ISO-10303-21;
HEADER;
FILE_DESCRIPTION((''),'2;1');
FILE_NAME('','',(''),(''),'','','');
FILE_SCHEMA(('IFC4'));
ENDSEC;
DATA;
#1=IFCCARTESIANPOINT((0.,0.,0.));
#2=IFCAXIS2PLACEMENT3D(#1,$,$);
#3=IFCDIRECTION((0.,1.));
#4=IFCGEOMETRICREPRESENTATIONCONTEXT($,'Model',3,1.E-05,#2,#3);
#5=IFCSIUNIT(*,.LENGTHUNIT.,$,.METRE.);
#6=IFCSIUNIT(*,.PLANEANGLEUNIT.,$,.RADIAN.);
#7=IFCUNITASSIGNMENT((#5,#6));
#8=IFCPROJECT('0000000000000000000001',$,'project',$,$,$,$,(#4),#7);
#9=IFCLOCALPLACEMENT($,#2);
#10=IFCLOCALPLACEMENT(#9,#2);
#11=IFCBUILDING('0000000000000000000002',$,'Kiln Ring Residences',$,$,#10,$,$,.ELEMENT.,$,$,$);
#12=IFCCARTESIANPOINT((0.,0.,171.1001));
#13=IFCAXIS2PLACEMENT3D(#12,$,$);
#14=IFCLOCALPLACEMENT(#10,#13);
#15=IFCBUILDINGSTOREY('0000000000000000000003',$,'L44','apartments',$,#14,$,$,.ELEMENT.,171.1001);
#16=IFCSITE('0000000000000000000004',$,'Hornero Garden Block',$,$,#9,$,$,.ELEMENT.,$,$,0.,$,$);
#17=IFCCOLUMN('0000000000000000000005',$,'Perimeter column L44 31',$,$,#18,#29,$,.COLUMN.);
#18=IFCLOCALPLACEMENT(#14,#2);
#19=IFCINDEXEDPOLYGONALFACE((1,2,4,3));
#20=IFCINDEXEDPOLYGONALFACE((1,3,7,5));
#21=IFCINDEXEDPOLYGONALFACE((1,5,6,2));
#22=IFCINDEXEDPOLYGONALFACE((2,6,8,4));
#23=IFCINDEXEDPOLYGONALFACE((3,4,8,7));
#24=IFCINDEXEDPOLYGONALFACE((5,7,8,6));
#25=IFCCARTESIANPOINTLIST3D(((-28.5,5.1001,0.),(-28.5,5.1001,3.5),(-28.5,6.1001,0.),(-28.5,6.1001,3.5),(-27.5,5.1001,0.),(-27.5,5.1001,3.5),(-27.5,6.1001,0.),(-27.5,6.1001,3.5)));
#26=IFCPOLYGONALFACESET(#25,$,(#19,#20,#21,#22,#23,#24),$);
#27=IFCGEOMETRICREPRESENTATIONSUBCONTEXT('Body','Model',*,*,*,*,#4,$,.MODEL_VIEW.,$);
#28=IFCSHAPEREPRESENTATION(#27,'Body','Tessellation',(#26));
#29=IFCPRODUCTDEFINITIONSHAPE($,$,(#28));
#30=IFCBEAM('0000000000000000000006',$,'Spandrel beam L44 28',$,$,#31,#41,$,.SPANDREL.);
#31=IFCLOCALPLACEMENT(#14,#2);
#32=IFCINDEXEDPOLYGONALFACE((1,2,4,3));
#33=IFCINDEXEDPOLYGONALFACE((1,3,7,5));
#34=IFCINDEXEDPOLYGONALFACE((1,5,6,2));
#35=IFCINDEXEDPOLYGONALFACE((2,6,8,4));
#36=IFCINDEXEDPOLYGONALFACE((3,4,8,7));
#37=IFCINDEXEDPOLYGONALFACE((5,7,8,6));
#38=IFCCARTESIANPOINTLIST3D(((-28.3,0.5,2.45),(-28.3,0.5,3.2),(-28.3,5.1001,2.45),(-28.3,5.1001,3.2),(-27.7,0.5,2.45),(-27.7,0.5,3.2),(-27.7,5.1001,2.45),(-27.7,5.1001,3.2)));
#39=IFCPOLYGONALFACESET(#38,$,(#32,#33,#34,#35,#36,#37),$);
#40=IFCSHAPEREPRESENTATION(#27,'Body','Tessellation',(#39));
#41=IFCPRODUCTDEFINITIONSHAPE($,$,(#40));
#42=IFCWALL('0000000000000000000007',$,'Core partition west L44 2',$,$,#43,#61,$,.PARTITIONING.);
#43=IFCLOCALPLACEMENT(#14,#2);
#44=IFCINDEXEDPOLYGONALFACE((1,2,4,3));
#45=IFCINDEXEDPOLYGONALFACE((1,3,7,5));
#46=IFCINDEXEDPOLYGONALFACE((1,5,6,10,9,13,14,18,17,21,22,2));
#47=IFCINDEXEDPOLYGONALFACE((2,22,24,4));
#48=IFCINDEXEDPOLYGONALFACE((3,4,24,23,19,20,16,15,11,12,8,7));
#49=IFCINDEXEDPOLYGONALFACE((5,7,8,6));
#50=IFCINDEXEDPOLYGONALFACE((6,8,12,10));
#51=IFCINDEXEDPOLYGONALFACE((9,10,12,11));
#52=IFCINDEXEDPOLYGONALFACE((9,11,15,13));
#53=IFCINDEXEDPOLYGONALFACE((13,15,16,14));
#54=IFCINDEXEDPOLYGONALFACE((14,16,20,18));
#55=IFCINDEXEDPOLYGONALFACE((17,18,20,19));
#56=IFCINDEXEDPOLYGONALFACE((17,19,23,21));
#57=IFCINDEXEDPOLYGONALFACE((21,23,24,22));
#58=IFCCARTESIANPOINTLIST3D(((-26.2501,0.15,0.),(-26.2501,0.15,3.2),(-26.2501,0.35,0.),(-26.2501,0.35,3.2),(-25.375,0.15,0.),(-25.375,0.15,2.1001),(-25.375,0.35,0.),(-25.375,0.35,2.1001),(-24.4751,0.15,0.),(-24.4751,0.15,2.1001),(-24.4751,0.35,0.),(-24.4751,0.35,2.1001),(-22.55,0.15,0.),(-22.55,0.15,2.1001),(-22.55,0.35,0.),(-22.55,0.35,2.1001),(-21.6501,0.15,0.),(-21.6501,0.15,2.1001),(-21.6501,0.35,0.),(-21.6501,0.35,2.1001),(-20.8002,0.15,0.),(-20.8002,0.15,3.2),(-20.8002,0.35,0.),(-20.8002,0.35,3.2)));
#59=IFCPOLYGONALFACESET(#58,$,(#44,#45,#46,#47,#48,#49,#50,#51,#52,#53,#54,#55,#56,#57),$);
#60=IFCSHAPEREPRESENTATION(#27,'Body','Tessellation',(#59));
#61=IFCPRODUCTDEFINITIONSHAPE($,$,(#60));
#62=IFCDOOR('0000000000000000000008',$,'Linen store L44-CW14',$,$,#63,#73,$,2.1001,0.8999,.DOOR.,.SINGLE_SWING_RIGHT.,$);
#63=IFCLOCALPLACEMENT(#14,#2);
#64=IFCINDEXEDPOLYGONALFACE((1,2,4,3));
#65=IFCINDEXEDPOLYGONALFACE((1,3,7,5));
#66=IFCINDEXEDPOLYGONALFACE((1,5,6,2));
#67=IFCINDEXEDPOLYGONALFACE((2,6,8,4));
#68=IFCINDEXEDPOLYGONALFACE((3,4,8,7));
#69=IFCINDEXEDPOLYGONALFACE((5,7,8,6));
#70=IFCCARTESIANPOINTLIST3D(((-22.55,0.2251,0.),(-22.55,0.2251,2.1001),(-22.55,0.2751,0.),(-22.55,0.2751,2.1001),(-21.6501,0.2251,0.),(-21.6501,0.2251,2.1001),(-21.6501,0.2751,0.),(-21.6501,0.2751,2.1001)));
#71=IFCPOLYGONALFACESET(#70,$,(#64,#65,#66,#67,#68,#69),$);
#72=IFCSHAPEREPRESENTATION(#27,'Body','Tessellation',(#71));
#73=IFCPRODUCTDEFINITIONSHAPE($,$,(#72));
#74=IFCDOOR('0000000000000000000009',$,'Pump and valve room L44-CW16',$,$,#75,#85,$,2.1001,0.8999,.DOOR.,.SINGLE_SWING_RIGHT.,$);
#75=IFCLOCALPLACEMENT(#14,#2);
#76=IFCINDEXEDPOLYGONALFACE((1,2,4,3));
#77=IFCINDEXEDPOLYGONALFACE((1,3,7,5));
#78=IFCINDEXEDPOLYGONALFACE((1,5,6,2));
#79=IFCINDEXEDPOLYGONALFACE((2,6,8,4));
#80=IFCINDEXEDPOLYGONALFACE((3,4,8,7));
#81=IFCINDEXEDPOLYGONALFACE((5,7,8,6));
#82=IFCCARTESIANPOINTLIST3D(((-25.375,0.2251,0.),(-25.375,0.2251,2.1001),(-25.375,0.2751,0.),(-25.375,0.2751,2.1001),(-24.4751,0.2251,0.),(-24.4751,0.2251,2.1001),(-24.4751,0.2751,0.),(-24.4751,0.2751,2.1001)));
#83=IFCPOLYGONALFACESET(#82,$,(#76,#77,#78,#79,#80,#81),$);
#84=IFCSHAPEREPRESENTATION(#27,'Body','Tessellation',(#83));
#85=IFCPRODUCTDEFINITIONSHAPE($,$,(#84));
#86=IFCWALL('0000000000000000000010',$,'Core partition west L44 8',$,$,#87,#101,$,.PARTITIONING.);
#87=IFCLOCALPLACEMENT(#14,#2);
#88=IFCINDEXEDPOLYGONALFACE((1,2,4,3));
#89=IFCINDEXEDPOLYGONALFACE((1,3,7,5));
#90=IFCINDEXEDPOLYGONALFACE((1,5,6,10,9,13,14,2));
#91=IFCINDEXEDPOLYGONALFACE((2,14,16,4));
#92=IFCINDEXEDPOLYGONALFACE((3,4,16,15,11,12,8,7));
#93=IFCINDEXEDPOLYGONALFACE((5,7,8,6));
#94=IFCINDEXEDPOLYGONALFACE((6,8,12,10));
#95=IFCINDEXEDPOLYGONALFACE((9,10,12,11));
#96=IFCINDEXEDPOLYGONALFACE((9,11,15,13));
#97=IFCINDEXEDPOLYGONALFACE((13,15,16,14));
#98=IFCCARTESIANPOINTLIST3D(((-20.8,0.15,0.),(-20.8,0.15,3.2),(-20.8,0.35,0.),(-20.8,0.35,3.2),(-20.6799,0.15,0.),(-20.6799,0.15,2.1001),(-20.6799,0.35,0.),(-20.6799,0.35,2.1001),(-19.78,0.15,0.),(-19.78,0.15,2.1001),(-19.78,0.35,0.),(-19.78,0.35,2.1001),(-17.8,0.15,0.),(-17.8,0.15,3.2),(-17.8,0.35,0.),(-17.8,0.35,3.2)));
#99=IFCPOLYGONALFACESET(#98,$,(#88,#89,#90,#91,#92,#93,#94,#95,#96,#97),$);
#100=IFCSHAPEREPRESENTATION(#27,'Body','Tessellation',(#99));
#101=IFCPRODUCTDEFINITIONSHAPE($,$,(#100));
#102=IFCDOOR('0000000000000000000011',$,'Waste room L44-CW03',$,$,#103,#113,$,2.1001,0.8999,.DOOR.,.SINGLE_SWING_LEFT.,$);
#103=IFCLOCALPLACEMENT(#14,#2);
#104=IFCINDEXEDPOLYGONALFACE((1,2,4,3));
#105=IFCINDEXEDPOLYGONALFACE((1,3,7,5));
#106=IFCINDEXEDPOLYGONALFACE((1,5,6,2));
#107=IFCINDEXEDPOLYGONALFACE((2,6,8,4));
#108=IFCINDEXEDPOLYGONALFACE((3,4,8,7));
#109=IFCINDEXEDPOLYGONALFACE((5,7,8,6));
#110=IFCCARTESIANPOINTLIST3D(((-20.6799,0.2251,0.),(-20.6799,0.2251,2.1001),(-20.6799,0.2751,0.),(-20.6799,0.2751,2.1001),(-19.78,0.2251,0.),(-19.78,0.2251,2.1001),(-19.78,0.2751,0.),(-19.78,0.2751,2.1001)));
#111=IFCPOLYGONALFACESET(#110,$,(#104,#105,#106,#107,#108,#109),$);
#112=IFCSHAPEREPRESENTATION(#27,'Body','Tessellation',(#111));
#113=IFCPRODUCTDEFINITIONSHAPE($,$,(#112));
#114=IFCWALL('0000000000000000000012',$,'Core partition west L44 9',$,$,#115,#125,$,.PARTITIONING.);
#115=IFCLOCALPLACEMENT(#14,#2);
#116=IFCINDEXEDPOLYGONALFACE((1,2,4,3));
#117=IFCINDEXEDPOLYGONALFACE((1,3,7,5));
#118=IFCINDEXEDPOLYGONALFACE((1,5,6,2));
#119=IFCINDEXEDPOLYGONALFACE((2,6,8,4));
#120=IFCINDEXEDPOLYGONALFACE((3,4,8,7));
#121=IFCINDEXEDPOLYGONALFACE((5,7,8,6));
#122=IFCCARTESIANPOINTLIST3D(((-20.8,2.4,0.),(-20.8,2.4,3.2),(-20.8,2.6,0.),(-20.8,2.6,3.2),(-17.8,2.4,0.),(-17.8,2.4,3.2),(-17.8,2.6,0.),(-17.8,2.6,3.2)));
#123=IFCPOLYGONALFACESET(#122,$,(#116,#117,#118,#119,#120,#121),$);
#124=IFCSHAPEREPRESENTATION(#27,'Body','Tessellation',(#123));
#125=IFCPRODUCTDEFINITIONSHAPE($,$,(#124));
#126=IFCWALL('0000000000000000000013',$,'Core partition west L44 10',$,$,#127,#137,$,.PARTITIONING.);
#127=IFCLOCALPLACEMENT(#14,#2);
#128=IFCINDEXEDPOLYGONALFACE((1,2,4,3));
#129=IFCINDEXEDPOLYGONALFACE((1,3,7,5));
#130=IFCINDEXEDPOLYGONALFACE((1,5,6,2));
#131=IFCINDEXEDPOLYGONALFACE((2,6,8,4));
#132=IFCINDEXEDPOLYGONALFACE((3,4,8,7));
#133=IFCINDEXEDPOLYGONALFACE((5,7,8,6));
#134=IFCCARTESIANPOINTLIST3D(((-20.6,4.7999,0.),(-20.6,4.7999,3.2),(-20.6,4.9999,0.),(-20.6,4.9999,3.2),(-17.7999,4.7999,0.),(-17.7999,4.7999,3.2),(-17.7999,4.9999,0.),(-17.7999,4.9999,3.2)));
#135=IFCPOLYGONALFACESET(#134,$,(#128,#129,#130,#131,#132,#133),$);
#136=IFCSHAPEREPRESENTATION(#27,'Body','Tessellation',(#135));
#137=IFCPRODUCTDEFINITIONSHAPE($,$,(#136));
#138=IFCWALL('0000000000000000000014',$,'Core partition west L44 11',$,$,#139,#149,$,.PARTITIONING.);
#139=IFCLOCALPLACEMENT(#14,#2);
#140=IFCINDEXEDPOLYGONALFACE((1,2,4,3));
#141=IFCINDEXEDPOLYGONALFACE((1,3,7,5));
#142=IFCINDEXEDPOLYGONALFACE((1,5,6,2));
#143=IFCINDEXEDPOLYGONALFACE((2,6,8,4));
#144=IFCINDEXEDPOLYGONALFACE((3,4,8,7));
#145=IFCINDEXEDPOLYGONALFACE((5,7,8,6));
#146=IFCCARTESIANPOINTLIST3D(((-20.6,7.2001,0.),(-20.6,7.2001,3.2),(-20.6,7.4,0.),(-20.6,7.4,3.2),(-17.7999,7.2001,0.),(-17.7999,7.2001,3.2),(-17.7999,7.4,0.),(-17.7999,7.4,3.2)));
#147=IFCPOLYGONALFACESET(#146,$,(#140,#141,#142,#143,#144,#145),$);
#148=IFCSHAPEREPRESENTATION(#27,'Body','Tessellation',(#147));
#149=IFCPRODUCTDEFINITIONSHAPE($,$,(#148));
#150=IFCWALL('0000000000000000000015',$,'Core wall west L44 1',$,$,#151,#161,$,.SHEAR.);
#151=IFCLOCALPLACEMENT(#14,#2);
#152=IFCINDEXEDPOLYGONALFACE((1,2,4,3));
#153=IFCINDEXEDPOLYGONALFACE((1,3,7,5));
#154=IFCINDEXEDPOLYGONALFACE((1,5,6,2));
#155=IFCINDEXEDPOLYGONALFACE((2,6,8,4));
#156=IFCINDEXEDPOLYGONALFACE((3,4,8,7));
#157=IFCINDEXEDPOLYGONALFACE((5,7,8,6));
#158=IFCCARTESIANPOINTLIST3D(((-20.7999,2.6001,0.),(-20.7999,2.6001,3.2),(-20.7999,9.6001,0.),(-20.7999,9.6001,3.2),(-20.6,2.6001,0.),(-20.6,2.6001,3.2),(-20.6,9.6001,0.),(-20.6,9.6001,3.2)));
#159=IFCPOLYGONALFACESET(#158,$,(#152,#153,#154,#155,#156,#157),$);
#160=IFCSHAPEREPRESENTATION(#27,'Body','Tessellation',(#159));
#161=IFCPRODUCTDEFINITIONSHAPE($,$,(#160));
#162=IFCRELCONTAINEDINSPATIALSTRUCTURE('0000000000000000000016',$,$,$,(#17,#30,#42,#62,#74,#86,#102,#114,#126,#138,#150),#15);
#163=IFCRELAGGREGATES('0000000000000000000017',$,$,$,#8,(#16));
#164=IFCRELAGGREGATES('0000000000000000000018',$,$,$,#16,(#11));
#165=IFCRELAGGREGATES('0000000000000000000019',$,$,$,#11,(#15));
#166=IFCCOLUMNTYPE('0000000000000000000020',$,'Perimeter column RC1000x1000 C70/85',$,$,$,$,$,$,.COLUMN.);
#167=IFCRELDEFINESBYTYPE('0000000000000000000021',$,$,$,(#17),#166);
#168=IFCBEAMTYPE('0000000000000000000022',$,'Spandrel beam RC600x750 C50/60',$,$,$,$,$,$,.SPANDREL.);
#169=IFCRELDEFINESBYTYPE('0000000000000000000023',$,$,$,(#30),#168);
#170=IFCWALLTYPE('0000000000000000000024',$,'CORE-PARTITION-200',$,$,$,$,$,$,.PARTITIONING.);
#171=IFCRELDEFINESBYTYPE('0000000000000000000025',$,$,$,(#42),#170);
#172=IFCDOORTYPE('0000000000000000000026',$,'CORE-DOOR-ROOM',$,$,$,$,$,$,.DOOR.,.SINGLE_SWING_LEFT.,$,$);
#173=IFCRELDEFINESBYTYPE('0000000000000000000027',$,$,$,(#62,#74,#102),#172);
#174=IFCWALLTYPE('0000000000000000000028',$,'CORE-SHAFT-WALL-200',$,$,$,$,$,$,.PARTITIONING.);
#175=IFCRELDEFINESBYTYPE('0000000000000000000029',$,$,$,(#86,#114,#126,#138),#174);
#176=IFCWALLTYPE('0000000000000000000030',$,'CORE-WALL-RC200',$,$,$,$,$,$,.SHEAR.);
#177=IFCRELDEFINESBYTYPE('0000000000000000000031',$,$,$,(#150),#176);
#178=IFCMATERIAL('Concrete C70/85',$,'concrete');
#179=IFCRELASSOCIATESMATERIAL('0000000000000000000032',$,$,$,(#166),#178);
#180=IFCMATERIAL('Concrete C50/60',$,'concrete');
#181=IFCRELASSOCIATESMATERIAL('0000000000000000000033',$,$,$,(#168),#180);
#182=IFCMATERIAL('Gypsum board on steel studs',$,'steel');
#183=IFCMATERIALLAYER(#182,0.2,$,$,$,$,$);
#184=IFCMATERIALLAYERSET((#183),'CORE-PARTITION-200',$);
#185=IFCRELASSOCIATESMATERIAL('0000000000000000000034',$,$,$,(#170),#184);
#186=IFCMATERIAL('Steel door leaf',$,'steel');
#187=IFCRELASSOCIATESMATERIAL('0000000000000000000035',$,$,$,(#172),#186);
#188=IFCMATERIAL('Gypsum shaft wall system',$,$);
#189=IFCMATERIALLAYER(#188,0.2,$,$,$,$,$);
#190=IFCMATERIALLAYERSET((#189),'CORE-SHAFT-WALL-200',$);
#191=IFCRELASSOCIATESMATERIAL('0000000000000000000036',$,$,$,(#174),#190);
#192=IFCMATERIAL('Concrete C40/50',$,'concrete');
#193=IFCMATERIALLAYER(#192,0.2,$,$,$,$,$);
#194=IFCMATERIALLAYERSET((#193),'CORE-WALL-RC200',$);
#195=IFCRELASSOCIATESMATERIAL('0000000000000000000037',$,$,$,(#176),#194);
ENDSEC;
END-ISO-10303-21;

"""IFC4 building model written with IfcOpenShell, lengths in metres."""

from ifc_helpers import new_model, si_unit, direction, frame, frame_2d, origin, origin_2d, place, context, subcontext, project, spatial, rectangle, extrude, material, layer, layer_set, material_profile, profile_set, type_object, element, fill, save


model = new_model("IFC4")

# Units and contexts
model_context = context("Model", 3, precision=1e-05, world=origin(), true_north=direction((0.0, 1.0)))
body_context = subcontext(model_context, "Body", "Model", "MODEL_VIEW")
ifc_project = project(units=[si_unit("LENGTHUNIT", "METRE"), si_unit("PLANEANGLEUNIT", "RADIAN")], contexts=[model_context])

# Site, building, storey
site_placement = place(None, origin())
site = spatial("IfcSite", under=ifc_project, at=site_placement, Name="Hornero Garden Block", CompositionType="ELEMENT", RefElevation=0.0)
building_placement = place(site_placement, origin())
building = spatial("IfcBuilding", under=site, at=building_placement, Name="Kiln Ring Residences", CompositionType="ELEMENT")
storey_placement = place(building_placement, frame((0.0, 0.0, 171.1001)))
storey = spatial("IfcBuildingStorey", under=building, at=storey_placement, Name="L44", Description="apartments", CompositionType="ELEMENT", Elevation=171.1001)

# Column
ifc_material_1 = material(Name="Concrete C70/85", Category="concrete")
ifc_material_profile_1 = material_profile(ifc_material_1, rectangle(XDim=1.0, YDim=1.0, at=origin_2d()), Name="RC1000x1000")
ifc_profile_set_1 = profile_set([ifc_material_profile_1], Name="Concrete C70/85")
column_type = type_object("IfcColumnType", Name="Perimeter column RC1000x1000 C70/85", PredefinedType="COLUMN", material=ifc_profile_set_1)
column_placement = place(storey_placement, frame((-28.0, 5.6001, 0.0), z_axis=(0.0, 0.0, 1.0), x_axis=(1.0, 0.0, 0.0)))
element("IfcColumn", 1, at=column_placement, inside=storey, type_object=column_type, Name="Perimeter column L44 31", PredefinedType="COLUMN", context=body_context, shape_type="SweptSolid", body=[
    extrude(rectangle(XDim=1.0, YDim=1.0, at=origin_2d()), origin(), (0.0, 0.0, 1.0), 3.5),
])

# Beam
ifc_material_2 = material(Name="Concrete C50/60", Category="concrete")
ifc_material_profile_2 = material_profile(ifc_material_2, rectangle(XDim=0.6001, YDim=0.75, at=origin_2d()), Name="RC600x750")
ifc_profile_set_2 = profile_set([ifc_material_profile_2], Name="Concrete C50/60")
beam_type = type_object("IfcBeamType", Name="Spandrel beam RC600x750 C50/60", PredefinedType="SPANDREL", material=ifc_profile_set_2)
beam_placement = place(storey_placement, frame((-28.0, 5.1001, 2.825), z_axis=(0.0, -1.0, 0.0), x_axis=(1.0, 0.0, 0.0)))
element("IfcBeam", 2, at=beam_placement, inside=storey, type_object=beam_type, Name="Spandrel beam L44 28", PredefinedType="SPANDREL", context=body_context, shape_type="SweptSolid", body=[
    extrude(rectangle(XDim=0.6001, YDim=0.75, at=origin_2d()), origin(), (0.0, 0.0, 1.0), 4.6001),
])

# Wall, openings, doors
ifc_material_3 = material(Name="Gypsum board on steel studs", Category="steel")
ifc_layer_1 = layer(ifc_material_3, 0.2)
ifc_layer_set_1 = layer_set([ifc_layer_1], Name="CORE-PARTITION-200")
wall_type_1 = type_object("IfcWallType", Name="CORE-PARTITION-200", PredefinedType="PARTITIONING", material=ifc_layer_set_1)
wall_1_placement = place(storey_placement, frame((-20.8, 0.25, 0.0), z_axis=(0.0, 0.0, 1.0), x_axis=(-1.0, 0.0, 0.0)))
wall_1 = element("IfcWall", 3, at=wall_1_placement, inside=storey, type_object=wall_type_1, Name="Core partition west L44 2", PredefinedType="PARTITIONING", context=body_context, shape_type="SweptSolid", body=[
    extrude(rectangle(XDim=5.45, YDim=0.2, at=frame_2d((2.7251, 0.0))), origin(), (0.0, 0.0, 1.0), 3.2),
])
opening_1_placement = place(wall_1_placement, frame((0.8501, 0.0, 0.0)))
opening_1 = element("IfcOpeningElement", 4, at=opening_1_placement, cuts=wall_1, PredefinedType="OPENING", context=body_context, shape_type="SweptSolid", body=[
    extrude(rectangle(XDim=0.8999, YDim=2.1001, at=frame_2d((0.45, 1.05))), frame((0.0, 0.1099, 0.0), z_axis=(0.0, -1.0, 0.0), x_axis=(1.0, 0.0, 0.0)), (0.0, 0.0, 1.0), 0.22),
])
opening_2_placement = place(wall_1_placement, frame((3.675, 0.0, 0.0)))
opening_2 = element("IfcOpeningElement", 5, at=opening_2_placement, cuts=wall_1, PredefinedType="OPENING", context=body_context, shape_type="SweptSolid", body=[
    extrude(rectangle(XDim=0.8999, YDim=2.1001, at=frame_2d((0.45, 1.05))), frame((0.0, 0.1099, 0.0), z_axis=(0.0, -1.0, 0.0), x_axis=(1.0, 0.0, 0.0)), (0.0, 0.0, 1.0), 0.22),
])
ifc_material_4 = material(Name="Steel door leaf", Category="steel")
door_type_1 = type_object("IfcDoorType", Name="CORE-DOOR-ROOM", OperationType="SINGLE_SWING_LEFT", PredefinedType="DOOR", material=ifc_material_4)
door_1_placement = place(opening_1_placement, origin())
door_1 = element("IfcDoor", 6, at=door_1_placement, inside=storey, type_object=door_type_1, Name="Linen store L44-CW14", OperationType="SINGLE_SWING_RIGHT", OverallHeight=2.1001, OverallWidth=0.8999, PredefinedType="DOOR", context=body_context, shape_type="SweptSolid", body=[
    extrude(rectangle(XDim=0.8999, YDim=2.1001, at=frame_2d((0.45, 1.05))), frame((0.0, 0.0249, 0.0), z_axis=(0.0, -1.0, 0.0), x_axis=(1.0, 0.0, 0.0)), (0.0, 0.0, 1.0), 0.05),
])
fill(opening_1, door_1)
door_2_placement = place(opening_2_placement, origin())
door_2 = element("IfcDoor", 7, at=door_2_placement, inside=storey, type_object=door_type_1, Name="Pump and valve room L44-CW16", OperationType="SINGLE_SWING_RIGHT", OverallHeight=2.1001, OverallWidth=0.8999, PredefinedType="DOOR", context=body_context, shape_type="SweptSolid", body=[
    extrude(rectangle(XDim=0.8999, YDim=2.1001, at=frame_2d((0.45, 1.05))), frame((0.0, 0.0249, 0.0), z_axis=(0.0, -1.0, 0.0), x_axis=(1.0, 0.0, 0.0)), (0.0, 0.0, 1.0), 0.05),
])
fill(opening_2, door_2)

# Wall, opening, door
ifc_material_5 = material(Name="Gypsum shaft wall system")
ifc_layer_2 = layer(ifc_material_5, 0.2)
ifc_layer_set_2 = layer_set([ifc_layer_2], Name="CORE-SHAFT-WALL-200")
wall_type_2 = type_object("IfcWallType", Name="CORE-SHAFT-WALL-200", PredefinedType="PARTITIONING", material=ifc_layer_set_2)
wall_2_placement = place(storey_placement, frame((-17.8, 0.25, 0.0), z_axis=(0.0, 0.0, 1.0), x_axis=(-1.0, 0.0, 0.0)))
wall_2 = element("IfcWall", 8, at=wall_2_placement, inside=storey, type_object=wall_type_2, Name="Core partition west L44 8", PredefinedType="PARTITIONING", context=body_context, shape_type="SweptSolid", body=[
    extrude(rectangle(XDim=3.0, YDim=0.2, at=frame_2d((1.5, 0.0))), origin(), (0.0, 0.0, 1.0), 3.2),
])
opening_3_placement = place(wall_2_placement, frame((1.98, 0.0, 0.0)))
opening_3 = element("IfcOpeningElement", 9, at=opening_3_placement, cuts=wall_2, PredefinedType="OPENING", context=body_context, shape_type="SweptSolid", body=[
    extrude(rectangle(XDim=0.8999, YDim=2.1001, at=frame_2d((0.45, 1.05))), frame((0.0, 0.1099, 0.0), z_axis=(0.0, -1.0, 0.0), x_axis=(1.0, 0.0, 0.0)), (0.0, 0.0, 1.0), 0.22),
])
door_3_placement = place(opening_3_placement, origin())
door_3 = element("IfcDoor", 10, at=door_3_placement, inside=storey, type_object=door_type_1, Name="Waste room L44-CW03", OperationType="SINGLE_SWING_LEFT", OverallHeight=2.1001, OverallWidth=0.8999, PredefinedType="DOOR", context=body_context, shape_type="SweptSolid", body=[
    extrude(rectangle(XDim=0.8999, YDim=2.1001, at=frame_2d((0.45, 1.05))), frame((0.0, 0.0249, 0.0), z_axis=(0.0, -1.0, 0.0), x_axis=(1.0, 0.0, 0.0)), (0.0, 0.0, 1.0), 0.05),
])
fill(opening_3, door_3)

# Walls
wall_3_placement = place(storey_placement, frame((-17.8, 2.5, 0.0), z_axis=(0.0, 0.0, 1.0), x_axis=(-1.0, 0.0, 0.0)))
element("IfcWall", 11, at=wall_3_placement, inside=storey, type_object=wall_type_2, Name="Core partition west L44 9", PredefinedType="PARTITIONING", context=body_context, shape_type="SweptSolid", body=[
    extrude(rectangle(XDim=3.0, YDim=0.2, at=frame_2d((1.5, 0.0))), origin(), (0.0, 0.0, 1.0), 3.2),
])
for number, where, z_axis, x_axis, name in (
    (12, (-17.8, 4.8999, 0.0), (0.0, 0.0, 1.0), (-1.0, 0.0, 0.0), "Core partition west L44 10"),
    (13, (-17.8, 7.3, 0.0), (0.0, 0.0, 1.0), (-1.0, 0.0, 0.0), "Core partition west L44 11"),
):
    element("IfcWall", number, at=place(storey_placement, frame(where, z_axis=z_axis, x_axis=x_axis)), inside=storey, type_object=wall_type_2, Name=name, PredefinedType="PARTITIONING", context=body_context, shape_type="SweptSolid", body=[
        extrude(rectangle(XDim=2.8, YDim=0.2, at=frame_2d((1.3999, 0.0))), origin(), (0.0, 0.0, 1.0), 3.2),
    ])
ifc_material_6 = material(Name="Concrete C40/50", Category="concrete")
ifc_layer_3 = layer(ifc_material_6, 0.2)
ifc_layer_set_3 = layer_set([ifc_layer_3], Name="CORE-WALL-RC200")
wall_type_3 = type_object("IfcWallType", Name="CORE-WALL-RC200", PredefinedType="SHEAR", material=ifc_layer_set_3)
wall_4_placement = place(storey_placement, frame((-20.7, 2.6001, 0.0), z_axis=(0.0, 0.0, 1.0), x_axis=(0.0, 1.0, 0.0)))
element("IfcWall", 14, at=wall_4_placement, inside=storey, type_object=wall_type_3, Name="Core wall west L44 1", PredefinedType="SHEAR", context=body_context, shape_type="SweptSolid", body=[
    extrude(rectangle(XDim=7.0, YDim=0.2, at=frame_2d((3.5, 0.0))), origin(), (0.0, 0.0, 1.0), 3.2),
])

save(model, "model.ifc")
